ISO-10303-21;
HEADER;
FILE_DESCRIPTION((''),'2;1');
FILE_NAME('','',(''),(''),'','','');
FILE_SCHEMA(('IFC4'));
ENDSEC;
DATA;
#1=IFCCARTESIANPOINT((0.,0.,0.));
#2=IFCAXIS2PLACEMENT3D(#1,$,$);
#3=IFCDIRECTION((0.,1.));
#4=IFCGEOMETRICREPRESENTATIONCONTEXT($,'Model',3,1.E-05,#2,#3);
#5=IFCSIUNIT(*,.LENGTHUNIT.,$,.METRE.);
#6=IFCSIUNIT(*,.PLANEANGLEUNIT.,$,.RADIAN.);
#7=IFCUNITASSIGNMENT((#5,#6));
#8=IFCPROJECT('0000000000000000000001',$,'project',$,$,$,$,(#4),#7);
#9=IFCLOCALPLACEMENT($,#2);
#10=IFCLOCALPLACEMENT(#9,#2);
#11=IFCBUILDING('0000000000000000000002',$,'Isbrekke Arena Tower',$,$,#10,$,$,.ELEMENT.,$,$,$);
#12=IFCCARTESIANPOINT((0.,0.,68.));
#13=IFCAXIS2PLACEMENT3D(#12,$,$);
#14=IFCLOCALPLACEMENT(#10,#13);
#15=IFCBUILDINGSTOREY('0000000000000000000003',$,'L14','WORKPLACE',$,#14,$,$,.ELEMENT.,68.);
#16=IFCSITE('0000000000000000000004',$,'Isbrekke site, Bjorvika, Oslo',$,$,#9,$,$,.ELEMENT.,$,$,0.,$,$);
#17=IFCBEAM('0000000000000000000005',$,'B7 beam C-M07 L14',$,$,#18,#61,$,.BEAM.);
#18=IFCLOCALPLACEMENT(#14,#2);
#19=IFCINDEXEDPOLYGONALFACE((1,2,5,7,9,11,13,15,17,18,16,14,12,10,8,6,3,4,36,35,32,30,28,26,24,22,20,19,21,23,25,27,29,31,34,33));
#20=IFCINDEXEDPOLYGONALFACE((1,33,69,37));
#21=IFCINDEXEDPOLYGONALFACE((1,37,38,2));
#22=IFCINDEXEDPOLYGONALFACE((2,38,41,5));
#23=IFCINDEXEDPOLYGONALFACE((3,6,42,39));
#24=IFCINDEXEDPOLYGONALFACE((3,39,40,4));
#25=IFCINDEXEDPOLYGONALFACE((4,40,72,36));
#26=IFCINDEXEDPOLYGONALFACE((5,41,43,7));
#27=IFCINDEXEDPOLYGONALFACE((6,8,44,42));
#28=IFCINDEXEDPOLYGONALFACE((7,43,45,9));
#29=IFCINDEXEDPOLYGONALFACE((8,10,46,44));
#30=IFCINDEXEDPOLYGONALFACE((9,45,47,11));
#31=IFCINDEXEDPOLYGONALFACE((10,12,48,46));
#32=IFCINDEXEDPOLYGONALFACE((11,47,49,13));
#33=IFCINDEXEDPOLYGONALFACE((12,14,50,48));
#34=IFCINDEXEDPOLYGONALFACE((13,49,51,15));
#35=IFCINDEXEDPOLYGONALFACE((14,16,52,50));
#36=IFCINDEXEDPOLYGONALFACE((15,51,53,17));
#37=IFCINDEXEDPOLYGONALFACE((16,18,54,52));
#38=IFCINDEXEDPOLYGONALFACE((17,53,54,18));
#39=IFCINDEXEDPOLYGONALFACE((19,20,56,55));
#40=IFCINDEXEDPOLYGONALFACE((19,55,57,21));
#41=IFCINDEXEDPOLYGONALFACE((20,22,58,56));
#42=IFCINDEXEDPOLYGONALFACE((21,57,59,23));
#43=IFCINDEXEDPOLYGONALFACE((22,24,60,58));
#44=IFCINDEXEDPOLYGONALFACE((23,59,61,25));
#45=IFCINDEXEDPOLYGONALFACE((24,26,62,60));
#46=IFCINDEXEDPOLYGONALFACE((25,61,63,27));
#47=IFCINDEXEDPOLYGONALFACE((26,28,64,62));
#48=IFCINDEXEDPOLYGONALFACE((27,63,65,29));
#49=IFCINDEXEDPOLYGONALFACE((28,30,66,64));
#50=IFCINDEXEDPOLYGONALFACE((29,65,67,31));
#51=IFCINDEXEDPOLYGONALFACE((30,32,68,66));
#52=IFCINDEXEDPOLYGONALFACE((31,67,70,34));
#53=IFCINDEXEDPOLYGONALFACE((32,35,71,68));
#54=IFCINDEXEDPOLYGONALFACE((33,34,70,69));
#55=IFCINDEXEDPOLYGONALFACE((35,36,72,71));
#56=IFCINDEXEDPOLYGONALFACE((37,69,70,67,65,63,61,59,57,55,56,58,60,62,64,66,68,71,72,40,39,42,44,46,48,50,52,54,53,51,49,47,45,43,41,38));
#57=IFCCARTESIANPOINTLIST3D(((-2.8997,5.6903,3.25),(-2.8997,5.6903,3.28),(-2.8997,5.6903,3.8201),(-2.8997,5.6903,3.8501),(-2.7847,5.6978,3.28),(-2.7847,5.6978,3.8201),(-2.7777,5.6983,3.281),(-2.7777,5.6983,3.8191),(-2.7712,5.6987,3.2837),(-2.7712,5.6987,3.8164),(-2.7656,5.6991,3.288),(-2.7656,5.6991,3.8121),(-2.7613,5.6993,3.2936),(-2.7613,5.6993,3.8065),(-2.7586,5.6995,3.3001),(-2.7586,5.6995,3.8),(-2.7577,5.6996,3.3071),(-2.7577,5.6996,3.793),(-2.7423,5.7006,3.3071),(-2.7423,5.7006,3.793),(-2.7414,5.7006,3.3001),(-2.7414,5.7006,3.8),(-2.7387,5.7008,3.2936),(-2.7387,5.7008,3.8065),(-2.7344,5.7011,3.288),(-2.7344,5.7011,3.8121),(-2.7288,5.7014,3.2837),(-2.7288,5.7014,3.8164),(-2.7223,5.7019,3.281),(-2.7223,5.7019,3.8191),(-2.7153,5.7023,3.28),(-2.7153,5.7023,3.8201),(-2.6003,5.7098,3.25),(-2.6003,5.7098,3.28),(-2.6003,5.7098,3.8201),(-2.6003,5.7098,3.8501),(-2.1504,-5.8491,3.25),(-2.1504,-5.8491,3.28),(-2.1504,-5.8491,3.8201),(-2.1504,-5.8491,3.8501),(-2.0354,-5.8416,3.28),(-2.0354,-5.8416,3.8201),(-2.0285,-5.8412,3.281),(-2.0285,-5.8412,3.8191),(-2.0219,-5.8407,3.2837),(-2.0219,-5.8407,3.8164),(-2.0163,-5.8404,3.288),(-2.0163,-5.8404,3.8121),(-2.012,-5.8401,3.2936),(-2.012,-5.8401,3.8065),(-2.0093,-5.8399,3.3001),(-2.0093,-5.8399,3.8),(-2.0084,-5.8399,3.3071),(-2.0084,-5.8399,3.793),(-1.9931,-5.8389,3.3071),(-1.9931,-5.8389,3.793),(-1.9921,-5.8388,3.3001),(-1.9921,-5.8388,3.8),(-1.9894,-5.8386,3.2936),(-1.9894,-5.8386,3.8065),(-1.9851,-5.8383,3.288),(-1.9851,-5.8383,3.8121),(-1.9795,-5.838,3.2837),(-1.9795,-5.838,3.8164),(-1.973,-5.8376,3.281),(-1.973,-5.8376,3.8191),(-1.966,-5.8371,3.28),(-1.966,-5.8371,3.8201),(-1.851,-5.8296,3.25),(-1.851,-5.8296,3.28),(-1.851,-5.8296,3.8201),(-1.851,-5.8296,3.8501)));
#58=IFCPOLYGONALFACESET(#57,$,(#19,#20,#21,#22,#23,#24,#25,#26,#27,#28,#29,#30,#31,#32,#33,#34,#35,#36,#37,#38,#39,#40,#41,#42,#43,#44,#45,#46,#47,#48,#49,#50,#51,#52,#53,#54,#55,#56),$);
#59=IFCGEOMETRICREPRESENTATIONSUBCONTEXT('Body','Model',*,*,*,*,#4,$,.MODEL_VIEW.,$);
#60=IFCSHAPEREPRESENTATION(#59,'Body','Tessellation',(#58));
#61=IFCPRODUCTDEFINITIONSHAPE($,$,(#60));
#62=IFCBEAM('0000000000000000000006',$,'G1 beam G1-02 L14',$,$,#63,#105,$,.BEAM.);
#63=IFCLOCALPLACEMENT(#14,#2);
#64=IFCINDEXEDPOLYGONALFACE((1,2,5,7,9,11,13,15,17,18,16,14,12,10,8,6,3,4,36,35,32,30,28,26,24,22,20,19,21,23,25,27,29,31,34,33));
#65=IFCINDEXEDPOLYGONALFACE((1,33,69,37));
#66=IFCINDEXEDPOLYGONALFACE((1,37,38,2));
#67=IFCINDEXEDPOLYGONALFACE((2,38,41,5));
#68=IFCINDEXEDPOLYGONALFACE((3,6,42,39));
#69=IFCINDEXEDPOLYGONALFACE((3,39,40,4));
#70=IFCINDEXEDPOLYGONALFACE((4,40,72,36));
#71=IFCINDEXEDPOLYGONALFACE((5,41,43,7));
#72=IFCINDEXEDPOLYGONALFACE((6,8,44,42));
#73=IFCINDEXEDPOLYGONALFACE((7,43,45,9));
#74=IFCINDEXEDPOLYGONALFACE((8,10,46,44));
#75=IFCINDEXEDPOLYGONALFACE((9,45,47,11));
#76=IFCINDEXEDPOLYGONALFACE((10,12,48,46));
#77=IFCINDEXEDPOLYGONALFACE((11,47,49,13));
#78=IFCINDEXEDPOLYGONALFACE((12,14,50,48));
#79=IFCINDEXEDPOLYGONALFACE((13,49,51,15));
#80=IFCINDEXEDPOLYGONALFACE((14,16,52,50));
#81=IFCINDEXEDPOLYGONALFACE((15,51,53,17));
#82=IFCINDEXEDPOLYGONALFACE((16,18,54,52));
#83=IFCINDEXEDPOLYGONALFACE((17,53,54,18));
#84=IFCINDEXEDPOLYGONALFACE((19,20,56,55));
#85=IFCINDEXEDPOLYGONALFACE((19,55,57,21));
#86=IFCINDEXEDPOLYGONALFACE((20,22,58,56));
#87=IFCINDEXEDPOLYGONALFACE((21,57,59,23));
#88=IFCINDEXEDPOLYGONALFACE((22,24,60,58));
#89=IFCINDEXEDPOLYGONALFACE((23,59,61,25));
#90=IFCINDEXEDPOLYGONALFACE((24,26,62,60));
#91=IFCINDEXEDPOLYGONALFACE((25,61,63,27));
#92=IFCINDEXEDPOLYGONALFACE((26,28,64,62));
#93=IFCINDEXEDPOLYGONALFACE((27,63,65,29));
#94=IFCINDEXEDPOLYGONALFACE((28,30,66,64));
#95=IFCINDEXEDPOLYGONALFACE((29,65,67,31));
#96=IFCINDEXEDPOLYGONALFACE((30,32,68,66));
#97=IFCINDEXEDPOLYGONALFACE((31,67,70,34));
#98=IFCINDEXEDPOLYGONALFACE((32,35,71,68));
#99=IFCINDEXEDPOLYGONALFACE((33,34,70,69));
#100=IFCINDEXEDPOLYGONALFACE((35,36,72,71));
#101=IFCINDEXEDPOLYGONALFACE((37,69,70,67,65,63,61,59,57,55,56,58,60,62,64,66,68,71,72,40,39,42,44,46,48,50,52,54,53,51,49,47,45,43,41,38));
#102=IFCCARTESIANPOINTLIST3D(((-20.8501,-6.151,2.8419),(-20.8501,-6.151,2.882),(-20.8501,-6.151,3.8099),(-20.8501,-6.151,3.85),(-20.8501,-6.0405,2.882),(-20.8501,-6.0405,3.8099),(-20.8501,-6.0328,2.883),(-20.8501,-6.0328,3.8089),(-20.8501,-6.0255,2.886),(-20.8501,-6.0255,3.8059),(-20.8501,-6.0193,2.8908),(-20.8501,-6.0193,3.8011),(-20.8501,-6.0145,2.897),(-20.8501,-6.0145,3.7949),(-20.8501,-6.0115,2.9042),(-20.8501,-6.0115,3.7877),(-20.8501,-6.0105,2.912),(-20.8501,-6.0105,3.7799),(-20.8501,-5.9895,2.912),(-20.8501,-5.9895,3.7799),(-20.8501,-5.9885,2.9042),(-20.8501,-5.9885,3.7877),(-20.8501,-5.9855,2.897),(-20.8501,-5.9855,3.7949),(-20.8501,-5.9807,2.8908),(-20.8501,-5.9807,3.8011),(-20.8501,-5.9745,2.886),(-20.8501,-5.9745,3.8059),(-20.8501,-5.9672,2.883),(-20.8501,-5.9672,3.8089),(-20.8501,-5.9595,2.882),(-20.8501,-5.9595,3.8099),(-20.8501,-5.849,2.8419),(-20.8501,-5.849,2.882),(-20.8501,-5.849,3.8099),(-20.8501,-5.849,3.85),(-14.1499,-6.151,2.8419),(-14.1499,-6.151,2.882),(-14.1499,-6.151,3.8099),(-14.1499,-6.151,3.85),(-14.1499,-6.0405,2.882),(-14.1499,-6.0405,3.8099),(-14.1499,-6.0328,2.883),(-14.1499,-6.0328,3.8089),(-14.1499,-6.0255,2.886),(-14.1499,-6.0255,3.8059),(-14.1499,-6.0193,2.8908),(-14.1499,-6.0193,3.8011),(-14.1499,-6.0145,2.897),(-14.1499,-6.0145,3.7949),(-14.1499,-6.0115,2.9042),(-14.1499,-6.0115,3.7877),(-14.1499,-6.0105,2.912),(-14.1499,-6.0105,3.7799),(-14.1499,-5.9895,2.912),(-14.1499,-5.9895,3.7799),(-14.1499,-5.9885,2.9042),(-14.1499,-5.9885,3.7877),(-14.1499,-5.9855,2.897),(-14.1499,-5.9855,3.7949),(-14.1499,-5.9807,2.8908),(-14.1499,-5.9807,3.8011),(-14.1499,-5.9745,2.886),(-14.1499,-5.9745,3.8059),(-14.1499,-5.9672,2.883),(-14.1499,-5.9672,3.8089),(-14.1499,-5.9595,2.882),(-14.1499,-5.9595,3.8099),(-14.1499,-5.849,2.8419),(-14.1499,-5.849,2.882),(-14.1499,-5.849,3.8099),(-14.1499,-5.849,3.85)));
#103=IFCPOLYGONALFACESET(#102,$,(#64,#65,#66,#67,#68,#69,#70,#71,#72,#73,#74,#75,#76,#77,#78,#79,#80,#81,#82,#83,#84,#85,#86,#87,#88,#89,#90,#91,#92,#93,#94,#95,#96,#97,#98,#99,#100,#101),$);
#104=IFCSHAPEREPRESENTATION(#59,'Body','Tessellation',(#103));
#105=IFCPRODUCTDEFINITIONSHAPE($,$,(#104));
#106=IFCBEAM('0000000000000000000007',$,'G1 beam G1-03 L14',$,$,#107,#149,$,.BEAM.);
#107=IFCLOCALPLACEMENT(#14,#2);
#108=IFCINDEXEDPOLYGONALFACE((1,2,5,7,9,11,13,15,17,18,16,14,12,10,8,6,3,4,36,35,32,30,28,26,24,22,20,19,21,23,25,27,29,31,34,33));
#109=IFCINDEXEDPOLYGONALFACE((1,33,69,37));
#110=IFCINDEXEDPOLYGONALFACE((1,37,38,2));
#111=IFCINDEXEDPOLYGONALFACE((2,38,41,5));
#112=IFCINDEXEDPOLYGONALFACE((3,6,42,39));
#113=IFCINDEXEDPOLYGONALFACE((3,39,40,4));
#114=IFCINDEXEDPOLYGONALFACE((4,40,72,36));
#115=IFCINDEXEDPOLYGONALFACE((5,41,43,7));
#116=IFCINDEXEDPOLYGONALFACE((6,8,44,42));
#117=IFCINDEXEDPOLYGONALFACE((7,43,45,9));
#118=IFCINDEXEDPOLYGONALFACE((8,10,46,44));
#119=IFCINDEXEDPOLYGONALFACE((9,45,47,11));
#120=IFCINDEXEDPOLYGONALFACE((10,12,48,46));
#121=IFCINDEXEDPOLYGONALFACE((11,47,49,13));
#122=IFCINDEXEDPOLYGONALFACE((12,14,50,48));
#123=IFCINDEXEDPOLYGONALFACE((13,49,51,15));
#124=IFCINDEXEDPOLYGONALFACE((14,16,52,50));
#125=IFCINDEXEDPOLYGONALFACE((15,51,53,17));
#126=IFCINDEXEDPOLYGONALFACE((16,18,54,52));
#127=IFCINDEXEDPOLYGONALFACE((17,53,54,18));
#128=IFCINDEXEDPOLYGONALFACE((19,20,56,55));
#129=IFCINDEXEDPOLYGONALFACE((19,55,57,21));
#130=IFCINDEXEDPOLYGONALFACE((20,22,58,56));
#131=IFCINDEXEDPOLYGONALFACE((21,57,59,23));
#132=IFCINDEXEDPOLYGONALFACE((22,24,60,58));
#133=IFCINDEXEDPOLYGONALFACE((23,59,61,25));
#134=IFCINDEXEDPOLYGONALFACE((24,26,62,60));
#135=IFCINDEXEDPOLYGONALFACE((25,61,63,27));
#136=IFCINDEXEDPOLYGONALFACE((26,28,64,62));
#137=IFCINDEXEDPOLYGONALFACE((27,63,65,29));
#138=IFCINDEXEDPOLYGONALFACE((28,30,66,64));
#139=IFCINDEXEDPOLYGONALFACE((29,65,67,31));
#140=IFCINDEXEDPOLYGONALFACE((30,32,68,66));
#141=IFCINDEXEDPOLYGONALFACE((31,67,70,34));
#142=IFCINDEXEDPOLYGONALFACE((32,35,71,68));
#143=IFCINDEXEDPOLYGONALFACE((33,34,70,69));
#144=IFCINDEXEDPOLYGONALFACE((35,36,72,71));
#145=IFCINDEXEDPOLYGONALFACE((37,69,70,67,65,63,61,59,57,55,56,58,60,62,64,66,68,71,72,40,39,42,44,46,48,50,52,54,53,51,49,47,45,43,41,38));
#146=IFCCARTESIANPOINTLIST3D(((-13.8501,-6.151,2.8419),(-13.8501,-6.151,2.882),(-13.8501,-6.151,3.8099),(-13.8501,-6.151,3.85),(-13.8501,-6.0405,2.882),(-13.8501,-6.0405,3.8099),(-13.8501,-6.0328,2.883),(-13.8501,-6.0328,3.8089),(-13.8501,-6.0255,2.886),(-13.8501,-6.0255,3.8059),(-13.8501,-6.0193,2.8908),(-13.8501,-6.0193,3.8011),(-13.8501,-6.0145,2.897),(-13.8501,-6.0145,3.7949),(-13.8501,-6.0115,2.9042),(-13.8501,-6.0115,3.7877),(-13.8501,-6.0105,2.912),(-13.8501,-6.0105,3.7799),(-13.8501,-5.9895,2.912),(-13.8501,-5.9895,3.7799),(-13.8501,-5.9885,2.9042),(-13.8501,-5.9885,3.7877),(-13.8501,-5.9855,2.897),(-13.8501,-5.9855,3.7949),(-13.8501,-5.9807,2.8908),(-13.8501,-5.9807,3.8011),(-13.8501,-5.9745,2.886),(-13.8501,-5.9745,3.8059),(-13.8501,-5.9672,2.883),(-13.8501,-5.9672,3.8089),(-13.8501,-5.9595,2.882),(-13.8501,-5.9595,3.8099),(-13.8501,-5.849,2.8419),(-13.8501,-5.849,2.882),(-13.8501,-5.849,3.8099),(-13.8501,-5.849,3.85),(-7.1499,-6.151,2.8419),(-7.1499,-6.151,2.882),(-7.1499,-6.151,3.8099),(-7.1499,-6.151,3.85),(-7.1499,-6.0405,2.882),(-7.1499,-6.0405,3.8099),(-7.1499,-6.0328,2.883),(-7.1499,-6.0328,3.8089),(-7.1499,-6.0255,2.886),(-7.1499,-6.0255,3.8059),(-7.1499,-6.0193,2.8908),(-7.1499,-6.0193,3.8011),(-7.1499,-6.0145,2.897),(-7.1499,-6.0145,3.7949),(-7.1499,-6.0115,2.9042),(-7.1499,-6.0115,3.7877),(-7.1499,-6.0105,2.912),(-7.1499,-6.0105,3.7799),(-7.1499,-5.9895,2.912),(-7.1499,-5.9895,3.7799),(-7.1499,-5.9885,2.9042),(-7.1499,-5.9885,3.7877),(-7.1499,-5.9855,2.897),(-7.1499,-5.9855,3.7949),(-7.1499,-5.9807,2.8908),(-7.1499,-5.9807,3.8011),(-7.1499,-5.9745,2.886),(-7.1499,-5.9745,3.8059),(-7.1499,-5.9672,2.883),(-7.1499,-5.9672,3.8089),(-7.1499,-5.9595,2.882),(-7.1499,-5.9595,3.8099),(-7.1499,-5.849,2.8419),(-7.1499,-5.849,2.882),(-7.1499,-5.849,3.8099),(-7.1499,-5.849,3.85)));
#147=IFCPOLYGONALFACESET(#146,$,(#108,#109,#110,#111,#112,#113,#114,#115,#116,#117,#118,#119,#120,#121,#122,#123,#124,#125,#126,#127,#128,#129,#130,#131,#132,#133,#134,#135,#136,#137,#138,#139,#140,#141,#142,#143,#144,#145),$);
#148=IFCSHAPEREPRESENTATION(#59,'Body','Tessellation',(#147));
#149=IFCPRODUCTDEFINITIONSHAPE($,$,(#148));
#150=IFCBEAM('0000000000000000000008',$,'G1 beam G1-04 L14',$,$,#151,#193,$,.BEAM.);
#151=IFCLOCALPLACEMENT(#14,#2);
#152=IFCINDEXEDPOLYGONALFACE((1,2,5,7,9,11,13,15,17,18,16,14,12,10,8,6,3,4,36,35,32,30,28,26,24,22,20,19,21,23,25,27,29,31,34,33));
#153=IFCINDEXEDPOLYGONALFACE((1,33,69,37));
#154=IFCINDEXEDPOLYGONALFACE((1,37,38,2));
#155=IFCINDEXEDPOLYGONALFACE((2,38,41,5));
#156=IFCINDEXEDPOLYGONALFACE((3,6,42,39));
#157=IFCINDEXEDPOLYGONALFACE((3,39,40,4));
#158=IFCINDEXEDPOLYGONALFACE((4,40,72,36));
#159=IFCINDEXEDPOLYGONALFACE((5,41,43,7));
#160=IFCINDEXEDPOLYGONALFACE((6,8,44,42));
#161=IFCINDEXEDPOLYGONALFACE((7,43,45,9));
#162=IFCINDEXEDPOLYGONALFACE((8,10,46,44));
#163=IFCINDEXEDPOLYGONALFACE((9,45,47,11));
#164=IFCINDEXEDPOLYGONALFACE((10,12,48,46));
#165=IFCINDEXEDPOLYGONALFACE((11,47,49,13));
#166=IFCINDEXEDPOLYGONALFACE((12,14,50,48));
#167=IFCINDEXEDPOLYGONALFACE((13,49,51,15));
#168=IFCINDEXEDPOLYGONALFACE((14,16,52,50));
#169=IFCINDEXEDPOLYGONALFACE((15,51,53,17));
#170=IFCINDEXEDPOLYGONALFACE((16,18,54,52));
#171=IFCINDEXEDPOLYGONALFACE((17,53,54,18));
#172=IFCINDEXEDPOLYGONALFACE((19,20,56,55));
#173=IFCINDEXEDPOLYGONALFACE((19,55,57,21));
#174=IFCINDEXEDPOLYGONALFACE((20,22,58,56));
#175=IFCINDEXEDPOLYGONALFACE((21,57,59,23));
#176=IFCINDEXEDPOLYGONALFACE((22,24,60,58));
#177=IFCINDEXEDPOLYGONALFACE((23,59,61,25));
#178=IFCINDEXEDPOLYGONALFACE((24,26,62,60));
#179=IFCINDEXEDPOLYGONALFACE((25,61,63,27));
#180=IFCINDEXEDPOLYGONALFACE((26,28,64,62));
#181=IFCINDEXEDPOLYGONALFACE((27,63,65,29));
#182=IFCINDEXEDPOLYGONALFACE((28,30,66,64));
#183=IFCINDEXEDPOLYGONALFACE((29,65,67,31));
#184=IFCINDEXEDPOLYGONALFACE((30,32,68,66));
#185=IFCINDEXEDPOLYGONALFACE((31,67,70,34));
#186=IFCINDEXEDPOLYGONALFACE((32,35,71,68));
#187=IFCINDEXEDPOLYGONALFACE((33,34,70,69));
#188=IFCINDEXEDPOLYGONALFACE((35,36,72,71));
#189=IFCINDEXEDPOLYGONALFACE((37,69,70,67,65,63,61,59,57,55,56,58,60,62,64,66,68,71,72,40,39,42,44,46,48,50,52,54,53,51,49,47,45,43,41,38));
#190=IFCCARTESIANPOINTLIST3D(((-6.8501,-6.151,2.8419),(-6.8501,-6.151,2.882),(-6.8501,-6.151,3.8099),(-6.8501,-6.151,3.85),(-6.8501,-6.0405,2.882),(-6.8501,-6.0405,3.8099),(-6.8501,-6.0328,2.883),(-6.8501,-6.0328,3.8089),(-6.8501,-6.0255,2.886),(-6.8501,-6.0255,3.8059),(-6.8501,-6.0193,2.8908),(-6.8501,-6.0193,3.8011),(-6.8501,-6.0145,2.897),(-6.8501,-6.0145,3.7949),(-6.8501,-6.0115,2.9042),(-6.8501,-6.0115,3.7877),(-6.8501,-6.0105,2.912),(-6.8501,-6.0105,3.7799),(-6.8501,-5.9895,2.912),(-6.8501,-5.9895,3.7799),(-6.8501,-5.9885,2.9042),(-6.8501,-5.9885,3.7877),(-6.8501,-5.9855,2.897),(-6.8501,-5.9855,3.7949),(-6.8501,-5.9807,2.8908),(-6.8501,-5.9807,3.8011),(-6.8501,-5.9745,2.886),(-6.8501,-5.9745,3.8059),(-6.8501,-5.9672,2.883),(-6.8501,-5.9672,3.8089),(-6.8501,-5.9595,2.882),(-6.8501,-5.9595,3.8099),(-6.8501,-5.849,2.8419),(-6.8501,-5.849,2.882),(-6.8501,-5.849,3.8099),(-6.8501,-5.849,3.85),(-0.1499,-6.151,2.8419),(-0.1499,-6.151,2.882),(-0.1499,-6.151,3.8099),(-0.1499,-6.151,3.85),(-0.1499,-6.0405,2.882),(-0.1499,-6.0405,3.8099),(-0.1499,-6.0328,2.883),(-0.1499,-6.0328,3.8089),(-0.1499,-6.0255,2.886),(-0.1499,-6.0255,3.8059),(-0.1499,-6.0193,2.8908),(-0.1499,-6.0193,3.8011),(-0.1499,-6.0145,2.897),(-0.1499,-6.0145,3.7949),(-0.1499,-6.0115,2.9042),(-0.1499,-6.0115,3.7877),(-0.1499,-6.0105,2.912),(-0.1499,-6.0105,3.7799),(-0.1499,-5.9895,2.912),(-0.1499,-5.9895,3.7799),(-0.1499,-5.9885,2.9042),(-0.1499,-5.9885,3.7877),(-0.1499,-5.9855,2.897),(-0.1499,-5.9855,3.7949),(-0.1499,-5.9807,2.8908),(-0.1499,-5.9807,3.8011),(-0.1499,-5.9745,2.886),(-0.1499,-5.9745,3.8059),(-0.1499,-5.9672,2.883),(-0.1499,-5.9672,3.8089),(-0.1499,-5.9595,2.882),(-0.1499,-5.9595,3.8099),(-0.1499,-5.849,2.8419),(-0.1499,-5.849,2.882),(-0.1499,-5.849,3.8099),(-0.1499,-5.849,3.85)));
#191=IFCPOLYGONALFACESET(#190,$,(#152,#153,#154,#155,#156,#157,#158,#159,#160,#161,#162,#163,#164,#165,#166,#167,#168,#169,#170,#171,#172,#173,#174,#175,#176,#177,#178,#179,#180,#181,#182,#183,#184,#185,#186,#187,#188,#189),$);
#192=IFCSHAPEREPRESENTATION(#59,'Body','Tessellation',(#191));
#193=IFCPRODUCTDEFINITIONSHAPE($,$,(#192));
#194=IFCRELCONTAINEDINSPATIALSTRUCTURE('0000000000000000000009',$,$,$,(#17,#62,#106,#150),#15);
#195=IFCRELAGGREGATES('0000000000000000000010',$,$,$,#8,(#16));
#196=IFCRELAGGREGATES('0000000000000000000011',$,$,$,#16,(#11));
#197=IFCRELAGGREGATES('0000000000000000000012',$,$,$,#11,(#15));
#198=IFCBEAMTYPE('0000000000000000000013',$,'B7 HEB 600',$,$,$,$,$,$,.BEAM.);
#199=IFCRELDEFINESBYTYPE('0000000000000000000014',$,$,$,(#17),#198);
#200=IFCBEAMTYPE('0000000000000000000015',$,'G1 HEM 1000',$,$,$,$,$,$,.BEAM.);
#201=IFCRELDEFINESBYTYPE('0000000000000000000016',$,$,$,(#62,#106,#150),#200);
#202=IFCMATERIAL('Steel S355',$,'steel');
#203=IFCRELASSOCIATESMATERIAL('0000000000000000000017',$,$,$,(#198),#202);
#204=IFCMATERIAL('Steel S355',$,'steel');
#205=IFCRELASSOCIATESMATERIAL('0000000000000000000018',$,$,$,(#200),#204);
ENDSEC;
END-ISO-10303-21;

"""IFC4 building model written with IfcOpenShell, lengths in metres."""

from ifc_helpers import new_model, si_unit, direction, frame, origin, origin_2d, place, context, subcontext, project, spatial, i_section, extrude, material, material_profile, profile_set, type_object, element, save


model = new_model("IFC4")

# Units and contexts
model_context = context("Model", 3, precision=1e-05, world=origin(), true_north=direction((0.0, 1.0)))
body_context = subcontext(model_context, "Body", "Model", "MODEL_VIEW")
ifc_project = project(units=[si_unit("LENGTHUNIT", "METRE"), si_unit("PLANEANGLEUNIT", "RADIAN")], contexts=[model_context])

# Site, building, storey
site_placement = place(None, origin())
site = spatial("IfcSite", under=ifc_project, at=site_placement, Name="Isbrekke site, Bjorvika, Oslo", CompositionType="ELEMENT", RefElevation=0.0)
building_placement = place(site_placement, origin())
building = spatial("IfcBuilding", under=site, at=building_placement, Name="Isbrekke Arena Tower", CompositionType="ELEMENT")
storey_placement = place(building_placement, frame((0.0, 0.0, 68.0)))
storey = spatial("IfcBuildingStorey", under=building, at=storey_placement, Name="L14", Description="WORKPLACE", CompositionType="ELEMENT", Elevation=68.0)

# Beams
ifc_material_1 = material(Name="Steel S355", Category="steel")
ifc_material_profile_1 = material_profile(ifc_material_1, i_section(OverallWidth=0.3, OverallDepth=0.6001, WebThickness=0.0154, FlangeThickness=0.03, FilletRadius=0.0271, at=origin_2d()), Name="HEB 600")
ifc_profile_set_1 = profile_set([ifc_material_profile_1], Name="Steel S355")
beam_type_1 = type_object("IfcBeamType", Name="B7 HEB 600", PredefinedType="BEAM", material=ifc_profile_set_1)
beam_1_placement = place(storey_placement, frame((-2.0007, -5.8394, 3.55), z_axis=(-0.064795, 0.997899, 0.0), x_axis=(-0.997899, -0.064795, 0.0)))
element("IfcBeam", 1, at=beam_1_placement, inside=storey, type_object=beam_type_1, Name="B7 beam C-M07 L14", PredefinedType="BEAM", context=body_context, shape_type="SweptSolid", body=[
    extrude(i_section(OverallWidth=0.3, OverallDepth=0.6001, WebThickness=0.0154, FlangeThickness=0.03, FilletRadius=0.0271, at=origin_2d()), origin(), (0.0, 0.0, 1.0), 11.5637),
])
ifc_material_2 = material(Name="Steel S355", Category="steel")
ifc_material_profile_2 = material_profile(ifc_material_2, i_section(OverallWidth=0.302, OverallDepth=1.0081, WebThickness=0.021, FlangeThickness=0.04, FilletRadius=0.03, at=origin_2d()), Name="HEM 1000")
ifc_profile_set_2 = profile_set([ifc_material_profile_2], Name="Steel S355")
beam_type_2 = type_object("IfcBeamType", Name="G1 HEM 1000", PredefinedType="BEAM", material=ifc_profile_set_2)
for number, where, z_axis, x_axis, name in (
    (2, (-20.8501, -6.0, 3.3459), (1.0, 0.0, 0.0), (0.0, 1.0, 0.0), "G1 beam G1-02 L14"),
    (3, (-13.8501, -6.0, 3.3459), (1.0, 0.0, 0.0), (0.0, 1.0, 0.0), "G1 beam G1-03 L14"),
    (4, (-6.8501, -6.0, 3.3459), (1.0, 0.0, 0.0), (0.0, 1.0, 0.0), "G1 beam G1-04 L14"),
):
    element("IfcBeam", number, at=place(storey_placement, frame(where, z_axis=z_axis, x_axis=x_axis)), inside=storey, type_object=beam_type_2, Name=name, PredefinedType="BEAM", context=body_context, shape_type="SweptSolid", body=[
        extrude(i_section(OverallWidth=0.302, OverallDepth=1.0081, WebThickness=0.021, FlangeThickness=0.04, FilletRadius=0.03, at=origin_2d()), origin(), (0.0, 0.0, 1.0), 6.7002),
    ])

save(model, "model.ifc")
